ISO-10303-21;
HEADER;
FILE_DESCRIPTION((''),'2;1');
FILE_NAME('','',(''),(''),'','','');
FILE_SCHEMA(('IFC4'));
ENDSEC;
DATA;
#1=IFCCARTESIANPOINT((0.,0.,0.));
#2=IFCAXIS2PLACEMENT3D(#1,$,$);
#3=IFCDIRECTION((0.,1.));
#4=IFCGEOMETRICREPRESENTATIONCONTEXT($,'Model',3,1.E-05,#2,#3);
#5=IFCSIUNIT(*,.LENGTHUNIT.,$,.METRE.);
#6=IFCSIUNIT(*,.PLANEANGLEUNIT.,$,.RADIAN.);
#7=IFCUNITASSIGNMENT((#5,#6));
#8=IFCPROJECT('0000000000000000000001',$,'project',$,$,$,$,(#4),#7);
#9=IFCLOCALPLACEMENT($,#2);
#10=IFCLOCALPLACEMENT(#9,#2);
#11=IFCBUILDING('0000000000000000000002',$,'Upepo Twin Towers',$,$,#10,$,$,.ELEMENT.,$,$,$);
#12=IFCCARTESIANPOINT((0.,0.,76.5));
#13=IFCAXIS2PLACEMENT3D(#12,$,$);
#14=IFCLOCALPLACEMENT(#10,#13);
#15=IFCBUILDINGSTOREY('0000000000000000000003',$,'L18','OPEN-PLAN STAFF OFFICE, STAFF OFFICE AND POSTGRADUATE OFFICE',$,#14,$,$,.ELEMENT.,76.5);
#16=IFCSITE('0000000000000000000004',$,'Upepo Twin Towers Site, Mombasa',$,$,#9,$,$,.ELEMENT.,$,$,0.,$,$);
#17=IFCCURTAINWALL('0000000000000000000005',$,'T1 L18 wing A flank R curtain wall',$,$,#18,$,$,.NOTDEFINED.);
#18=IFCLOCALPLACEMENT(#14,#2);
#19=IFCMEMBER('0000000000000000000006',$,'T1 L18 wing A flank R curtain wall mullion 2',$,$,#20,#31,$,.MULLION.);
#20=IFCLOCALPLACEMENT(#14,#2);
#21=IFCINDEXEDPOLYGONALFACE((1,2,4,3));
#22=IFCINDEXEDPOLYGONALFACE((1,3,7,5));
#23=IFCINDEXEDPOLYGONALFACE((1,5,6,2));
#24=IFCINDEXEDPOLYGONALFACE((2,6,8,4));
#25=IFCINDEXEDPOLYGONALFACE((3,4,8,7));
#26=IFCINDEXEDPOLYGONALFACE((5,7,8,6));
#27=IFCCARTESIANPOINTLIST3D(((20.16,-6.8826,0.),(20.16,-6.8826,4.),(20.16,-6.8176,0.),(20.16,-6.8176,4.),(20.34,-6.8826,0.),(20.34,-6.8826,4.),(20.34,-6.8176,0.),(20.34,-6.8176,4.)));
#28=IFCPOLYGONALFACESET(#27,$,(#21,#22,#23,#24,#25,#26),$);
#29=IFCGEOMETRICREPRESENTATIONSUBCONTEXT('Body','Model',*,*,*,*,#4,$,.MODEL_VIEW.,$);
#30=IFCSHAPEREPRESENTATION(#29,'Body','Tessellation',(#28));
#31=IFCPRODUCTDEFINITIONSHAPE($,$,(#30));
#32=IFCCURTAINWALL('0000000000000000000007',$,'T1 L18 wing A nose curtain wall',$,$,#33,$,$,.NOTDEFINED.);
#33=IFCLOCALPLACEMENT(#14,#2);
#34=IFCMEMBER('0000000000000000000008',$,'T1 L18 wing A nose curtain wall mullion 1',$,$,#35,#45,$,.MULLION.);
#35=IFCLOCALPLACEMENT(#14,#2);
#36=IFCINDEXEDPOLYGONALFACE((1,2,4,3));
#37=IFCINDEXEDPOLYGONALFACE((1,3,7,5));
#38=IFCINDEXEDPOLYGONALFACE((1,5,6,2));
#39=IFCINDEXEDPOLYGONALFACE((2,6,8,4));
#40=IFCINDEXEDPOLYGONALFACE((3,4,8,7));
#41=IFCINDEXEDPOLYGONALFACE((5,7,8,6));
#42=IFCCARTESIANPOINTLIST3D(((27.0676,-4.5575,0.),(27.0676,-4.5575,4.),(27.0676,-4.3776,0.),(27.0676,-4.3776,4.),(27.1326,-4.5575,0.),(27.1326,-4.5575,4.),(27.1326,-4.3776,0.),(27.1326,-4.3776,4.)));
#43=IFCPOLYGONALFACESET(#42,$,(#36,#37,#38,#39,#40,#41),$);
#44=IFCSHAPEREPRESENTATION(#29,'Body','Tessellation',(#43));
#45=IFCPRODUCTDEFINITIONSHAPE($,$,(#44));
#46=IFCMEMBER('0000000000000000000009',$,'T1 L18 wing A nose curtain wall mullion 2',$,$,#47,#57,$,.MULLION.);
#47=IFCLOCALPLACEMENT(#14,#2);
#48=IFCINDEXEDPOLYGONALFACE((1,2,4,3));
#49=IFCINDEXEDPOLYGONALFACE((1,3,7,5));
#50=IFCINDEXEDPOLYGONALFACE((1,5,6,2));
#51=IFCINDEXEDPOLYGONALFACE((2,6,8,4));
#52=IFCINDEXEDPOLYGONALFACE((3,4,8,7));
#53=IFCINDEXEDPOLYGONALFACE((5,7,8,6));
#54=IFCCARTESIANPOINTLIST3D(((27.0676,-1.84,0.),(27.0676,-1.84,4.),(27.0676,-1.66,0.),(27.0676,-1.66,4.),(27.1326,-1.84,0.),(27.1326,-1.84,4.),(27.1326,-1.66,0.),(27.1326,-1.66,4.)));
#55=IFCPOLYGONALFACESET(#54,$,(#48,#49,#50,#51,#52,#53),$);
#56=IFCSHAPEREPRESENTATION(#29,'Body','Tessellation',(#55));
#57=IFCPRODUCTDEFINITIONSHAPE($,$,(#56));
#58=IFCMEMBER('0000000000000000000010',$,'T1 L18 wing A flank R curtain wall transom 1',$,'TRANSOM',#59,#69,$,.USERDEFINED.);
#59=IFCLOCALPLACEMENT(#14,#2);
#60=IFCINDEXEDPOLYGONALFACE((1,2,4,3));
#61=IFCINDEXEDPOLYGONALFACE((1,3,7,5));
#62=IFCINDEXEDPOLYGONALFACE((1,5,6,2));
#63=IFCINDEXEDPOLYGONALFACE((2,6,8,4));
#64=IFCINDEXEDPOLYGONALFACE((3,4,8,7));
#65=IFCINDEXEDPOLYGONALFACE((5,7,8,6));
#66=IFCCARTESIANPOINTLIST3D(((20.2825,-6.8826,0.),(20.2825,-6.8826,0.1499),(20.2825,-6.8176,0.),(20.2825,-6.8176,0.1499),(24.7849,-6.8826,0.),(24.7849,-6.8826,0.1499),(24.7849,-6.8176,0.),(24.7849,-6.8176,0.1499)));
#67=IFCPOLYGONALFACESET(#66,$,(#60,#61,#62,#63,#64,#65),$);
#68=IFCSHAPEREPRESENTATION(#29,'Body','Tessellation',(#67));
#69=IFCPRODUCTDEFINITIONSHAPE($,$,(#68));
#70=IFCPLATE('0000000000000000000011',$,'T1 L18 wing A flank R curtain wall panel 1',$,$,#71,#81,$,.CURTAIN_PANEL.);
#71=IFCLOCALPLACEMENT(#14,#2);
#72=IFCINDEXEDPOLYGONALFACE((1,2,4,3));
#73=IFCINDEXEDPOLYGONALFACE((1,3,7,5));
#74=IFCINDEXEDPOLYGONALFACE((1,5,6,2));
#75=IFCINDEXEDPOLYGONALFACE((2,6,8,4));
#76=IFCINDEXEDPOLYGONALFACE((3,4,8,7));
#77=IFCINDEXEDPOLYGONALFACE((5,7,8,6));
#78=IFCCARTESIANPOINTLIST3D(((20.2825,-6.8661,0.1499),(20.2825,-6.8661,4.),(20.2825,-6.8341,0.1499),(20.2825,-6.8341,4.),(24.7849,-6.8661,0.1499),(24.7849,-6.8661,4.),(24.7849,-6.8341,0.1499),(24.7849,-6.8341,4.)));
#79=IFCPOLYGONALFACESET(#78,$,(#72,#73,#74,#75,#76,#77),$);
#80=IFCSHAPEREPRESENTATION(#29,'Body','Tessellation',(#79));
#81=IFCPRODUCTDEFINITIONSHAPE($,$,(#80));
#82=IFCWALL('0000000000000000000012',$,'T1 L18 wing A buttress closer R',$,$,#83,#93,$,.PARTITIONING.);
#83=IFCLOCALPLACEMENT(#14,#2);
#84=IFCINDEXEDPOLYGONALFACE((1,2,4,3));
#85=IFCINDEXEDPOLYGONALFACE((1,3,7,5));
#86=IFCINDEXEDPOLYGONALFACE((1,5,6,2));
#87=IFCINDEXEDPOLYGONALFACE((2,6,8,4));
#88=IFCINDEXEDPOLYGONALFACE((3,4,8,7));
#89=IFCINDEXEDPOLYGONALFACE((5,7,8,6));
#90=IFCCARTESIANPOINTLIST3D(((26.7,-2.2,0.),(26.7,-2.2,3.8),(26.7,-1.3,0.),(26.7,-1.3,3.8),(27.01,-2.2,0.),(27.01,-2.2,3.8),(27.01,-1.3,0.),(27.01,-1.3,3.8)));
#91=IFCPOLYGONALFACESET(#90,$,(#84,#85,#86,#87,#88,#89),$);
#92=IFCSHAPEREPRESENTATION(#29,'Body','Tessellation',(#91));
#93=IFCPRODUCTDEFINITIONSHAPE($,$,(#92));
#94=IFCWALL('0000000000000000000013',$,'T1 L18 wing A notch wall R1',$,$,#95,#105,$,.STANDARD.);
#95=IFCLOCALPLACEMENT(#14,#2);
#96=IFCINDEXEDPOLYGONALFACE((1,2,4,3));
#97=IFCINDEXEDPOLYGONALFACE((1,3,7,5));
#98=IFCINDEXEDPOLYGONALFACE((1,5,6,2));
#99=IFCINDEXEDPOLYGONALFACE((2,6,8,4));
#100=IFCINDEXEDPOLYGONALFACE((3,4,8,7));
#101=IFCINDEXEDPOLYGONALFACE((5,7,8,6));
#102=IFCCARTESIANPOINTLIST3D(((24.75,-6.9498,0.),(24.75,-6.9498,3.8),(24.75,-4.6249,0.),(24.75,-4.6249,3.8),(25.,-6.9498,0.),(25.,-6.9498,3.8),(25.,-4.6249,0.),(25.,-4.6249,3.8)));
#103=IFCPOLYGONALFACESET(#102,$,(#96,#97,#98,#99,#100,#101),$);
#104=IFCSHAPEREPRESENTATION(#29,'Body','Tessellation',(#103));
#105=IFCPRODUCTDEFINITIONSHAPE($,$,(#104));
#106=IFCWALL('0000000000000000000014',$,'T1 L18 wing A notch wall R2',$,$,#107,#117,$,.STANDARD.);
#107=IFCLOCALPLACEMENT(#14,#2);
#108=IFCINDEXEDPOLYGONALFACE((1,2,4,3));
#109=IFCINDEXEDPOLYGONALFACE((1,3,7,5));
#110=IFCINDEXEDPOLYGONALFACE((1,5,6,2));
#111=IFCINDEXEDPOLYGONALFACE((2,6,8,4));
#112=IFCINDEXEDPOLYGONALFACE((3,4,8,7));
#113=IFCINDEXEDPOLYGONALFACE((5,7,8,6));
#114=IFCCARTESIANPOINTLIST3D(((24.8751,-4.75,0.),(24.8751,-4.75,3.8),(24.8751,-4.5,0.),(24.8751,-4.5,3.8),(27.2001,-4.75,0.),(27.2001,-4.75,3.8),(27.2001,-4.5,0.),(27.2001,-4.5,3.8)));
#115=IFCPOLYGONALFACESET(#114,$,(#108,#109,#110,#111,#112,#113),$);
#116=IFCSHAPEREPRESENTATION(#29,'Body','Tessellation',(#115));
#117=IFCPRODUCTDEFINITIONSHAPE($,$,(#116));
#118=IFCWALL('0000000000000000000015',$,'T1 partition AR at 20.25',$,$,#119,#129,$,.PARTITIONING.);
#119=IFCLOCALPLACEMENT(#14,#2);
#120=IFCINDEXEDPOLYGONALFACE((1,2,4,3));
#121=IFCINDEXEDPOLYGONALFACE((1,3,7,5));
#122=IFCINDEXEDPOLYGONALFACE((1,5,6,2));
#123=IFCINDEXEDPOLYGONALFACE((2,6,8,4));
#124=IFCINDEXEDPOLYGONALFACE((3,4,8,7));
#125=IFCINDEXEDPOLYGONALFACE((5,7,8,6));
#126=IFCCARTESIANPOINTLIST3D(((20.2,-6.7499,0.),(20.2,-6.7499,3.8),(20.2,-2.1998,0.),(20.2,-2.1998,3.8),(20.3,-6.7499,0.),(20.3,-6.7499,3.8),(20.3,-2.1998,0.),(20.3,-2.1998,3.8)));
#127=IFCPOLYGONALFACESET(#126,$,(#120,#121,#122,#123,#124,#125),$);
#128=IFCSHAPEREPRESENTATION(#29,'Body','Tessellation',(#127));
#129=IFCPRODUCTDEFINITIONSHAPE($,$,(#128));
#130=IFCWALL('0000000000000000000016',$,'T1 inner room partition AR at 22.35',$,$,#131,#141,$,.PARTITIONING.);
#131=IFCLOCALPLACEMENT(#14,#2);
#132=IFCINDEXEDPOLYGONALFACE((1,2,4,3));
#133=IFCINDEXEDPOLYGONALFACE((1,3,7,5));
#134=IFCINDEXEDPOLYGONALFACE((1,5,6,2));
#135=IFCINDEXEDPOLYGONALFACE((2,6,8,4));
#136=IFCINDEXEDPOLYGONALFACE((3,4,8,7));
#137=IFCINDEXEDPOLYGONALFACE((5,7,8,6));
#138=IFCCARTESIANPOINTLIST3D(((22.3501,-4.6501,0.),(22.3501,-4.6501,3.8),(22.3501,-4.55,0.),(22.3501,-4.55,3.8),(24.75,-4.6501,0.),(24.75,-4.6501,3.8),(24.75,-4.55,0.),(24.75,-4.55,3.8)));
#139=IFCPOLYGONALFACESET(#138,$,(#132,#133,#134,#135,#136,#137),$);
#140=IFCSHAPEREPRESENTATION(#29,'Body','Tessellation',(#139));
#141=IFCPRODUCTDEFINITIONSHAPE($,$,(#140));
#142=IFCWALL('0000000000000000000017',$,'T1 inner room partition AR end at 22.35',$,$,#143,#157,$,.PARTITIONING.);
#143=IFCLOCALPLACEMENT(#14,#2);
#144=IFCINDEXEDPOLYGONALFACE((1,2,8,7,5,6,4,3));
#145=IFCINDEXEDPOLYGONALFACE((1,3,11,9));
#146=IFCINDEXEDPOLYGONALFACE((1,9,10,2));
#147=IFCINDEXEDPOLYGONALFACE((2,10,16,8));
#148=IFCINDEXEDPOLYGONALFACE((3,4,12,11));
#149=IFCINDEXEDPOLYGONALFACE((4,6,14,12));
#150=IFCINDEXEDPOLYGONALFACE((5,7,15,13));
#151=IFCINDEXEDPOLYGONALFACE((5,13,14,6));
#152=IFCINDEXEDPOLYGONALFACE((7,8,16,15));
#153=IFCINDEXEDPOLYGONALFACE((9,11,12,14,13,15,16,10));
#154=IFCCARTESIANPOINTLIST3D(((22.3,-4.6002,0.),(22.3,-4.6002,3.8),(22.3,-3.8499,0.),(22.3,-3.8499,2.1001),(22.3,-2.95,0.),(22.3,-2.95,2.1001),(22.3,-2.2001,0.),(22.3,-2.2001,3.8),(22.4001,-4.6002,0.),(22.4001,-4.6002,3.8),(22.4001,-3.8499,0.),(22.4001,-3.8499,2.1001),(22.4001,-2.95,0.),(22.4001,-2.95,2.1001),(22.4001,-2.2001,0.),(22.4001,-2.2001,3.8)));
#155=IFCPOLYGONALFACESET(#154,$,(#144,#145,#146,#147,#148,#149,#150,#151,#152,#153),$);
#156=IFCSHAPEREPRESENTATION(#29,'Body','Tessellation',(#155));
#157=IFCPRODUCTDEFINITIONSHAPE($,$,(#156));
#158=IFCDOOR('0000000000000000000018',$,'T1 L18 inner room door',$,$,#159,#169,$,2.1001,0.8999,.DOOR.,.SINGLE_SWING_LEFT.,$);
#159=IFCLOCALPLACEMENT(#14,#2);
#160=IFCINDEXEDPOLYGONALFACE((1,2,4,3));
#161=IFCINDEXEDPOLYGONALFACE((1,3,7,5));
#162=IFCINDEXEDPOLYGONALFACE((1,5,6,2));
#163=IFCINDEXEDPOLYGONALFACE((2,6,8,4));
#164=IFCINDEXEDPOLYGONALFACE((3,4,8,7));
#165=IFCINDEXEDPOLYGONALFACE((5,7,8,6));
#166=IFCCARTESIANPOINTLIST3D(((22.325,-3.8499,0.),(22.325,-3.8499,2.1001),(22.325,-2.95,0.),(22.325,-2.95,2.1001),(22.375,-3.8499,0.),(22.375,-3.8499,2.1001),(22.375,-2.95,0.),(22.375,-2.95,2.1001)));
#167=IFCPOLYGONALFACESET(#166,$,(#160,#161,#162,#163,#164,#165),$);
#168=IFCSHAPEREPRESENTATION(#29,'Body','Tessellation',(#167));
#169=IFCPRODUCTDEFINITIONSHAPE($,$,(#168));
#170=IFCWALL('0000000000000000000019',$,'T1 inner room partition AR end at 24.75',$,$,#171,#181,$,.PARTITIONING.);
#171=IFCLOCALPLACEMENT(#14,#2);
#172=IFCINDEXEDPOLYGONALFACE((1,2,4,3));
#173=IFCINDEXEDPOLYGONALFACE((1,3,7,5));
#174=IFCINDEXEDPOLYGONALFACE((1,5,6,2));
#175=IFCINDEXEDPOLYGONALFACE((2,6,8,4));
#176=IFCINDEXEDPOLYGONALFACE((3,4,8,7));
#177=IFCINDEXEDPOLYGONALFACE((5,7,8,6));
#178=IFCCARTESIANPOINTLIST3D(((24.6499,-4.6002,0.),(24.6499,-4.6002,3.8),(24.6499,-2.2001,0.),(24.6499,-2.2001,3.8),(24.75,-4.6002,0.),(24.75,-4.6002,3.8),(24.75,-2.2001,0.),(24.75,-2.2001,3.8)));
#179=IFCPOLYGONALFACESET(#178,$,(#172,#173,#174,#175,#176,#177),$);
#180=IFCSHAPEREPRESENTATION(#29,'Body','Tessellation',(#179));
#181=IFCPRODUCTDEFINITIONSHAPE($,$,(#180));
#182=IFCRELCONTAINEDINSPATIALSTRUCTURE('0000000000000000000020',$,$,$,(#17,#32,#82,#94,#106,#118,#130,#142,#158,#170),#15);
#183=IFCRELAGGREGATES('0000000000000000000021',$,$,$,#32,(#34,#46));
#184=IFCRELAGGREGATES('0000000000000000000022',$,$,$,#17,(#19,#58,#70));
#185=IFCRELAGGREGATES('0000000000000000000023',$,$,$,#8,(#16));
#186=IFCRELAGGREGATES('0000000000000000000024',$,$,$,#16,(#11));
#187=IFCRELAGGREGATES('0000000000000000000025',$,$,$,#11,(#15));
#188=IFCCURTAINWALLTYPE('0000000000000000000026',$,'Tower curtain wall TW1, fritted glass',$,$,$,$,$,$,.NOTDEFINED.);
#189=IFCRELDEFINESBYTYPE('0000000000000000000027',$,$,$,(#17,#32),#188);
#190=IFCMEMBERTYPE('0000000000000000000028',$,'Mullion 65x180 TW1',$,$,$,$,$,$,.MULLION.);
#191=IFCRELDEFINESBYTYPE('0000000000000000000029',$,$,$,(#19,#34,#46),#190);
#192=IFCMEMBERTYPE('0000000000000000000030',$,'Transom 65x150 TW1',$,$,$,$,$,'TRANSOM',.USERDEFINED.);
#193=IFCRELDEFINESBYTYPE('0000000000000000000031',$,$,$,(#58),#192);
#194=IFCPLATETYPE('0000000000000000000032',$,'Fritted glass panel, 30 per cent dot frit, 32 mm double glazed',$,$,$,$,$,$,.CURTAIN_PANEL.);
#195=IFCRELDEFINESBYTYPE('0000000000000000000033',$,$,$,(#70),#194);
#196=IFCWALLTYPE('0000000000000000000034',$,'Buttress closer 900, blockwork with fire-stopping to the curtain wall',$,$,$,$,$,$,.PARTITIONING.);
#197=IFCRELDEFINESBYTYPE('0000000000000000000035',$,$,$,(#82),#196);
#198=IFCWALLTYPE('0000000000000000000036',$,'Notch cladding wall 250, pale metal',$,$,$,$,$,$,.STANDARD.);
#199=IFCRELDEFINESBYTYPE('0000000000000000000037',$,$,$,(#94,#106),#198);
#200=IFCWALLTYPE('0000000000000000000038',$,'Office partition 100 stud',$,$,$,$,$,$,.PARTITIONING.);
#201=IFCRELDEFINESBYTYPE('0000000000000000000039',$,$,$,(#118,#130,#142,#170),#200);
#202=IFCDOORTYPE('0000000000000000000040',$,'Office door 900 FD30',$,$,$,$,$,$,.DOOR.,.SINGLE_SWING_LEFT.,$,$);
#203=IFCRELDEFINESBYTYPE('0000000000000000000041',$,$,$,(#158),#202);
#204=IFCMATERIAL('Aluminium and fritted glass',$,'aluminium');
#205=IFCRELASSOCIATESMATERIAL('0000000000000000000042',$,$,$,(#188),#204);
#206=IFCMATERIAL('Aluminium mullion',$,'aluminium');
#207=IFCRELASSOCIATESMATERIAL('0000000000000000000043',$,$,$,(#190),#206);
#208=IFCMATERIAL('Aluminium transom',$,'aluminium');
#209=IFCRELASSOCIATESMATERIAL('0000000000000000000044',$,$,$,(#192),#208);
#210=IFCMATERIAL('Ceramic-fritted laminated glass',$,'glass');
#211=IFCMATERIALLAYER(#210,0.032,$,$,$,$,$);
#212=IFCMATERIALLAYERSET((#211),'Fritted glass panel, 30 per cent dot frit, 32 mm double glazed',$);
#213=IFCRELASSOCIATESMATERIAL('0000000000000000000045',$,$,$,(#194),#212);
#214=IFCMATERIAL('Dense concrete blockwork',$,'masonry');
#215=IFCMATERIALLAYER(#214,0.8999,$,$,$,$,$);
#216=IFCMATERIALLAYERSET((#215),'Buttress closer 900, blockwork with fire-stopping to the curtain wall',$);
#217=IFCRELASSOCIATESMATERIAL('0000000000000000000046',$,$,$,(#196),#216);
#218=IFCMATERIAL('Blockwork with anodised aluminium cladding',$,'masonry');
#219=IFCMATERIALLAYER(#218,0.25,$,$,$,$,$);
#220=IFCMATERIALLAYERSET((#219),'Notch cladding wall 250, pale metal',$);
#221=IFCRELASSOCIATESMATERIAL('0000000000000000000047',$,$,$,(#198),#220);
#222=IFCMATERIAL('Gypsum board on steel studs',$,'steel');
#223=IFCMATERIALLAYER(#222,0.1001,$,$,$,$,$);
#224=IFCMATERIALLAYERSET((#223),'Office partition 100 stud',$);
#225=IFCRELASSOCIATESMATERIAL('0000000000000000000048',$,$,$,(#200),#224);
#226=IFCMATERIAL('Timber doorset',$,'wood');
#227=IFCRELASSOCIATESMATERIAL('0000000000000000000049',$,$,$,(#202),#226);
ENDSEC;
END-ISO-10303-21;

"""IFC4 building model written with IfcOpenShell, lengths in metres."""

from ifc_helpers import new_model, si_unit, direction, frame, frame_2d, origin, origin_2d, place, context, subcontext, project, spatial, rectangle, extrude, material, layer, layer_set, material_profile, profile_set, type_object, element, fill, aggregate, save


model = new_model("IFC4")

# Units and contexts
model_context = context("Model", 3, precision=1e-05, world=origin(), true_north=direction((0.0, 1.0)))
body_context = subcontext(model_context, "Body", "Model", "MODEL_VIEW")
ifc_project = project(units=[si_unit("LENGTHUNIT", "METRE"), si_unit("PLANEANGLEUNIT", "RADIAN")], contexts=[model_context])

# Site, building, storey
site_placement = place(None, origin())
site = spatial("IfcSite", under=ifc_project, at=site_placement, Name="Upepo Twin Towers Site, Mombasa", CompositionType="ELEMENT", RefElevation=0.0)
building_placement = place(site_placement, origin())
building = spatial("IfcBuilding", under=site, at=building_placement, Name="Upepo Twin Towers", CompositionType="ELEMENT")
storey_placement = place(building_placement, frame((0.0, 0.0, 76.5)))
storey = spatial("IfcBuildingStorey", under=building, at=storey_placement, Name="L18", Description="OPEN-PLAN STAFF OFFICE, STAFF OFFICE AND POSTGRADUATE OFFICE", CompositionType="ELEMENT", Elevation=76.5)

# Curtain walls, members
ifc_material_1 = material(Name="Aluminium and fritted glass", Category="aluminium")
curtain_wall_type = type_object("IfcCurtainWallType", Name="Tower curtain wall TW1, fritted glass", PredefinedType="NOTDEFINED", material=ifc_material_1)
curtain_wall_1_placement = place(storey_placement, origin())
curtain_wall_1 = element("IfcCurtainWall", 1, at=curtain_wall_1_placement, inside=storey, type_object=curtain_wall_type, Name="T1 L18 wing A flank R curtain wall", PredefinedType="NOTDEFINED")
ifc_material_2 = material(Name="Aluminium mullion", Category="aluminium")
ifc_material_profile_1 = material_profile(ifc_material_2, rectangle(XDim=0.0649, YDim=0.1799, at=origin_2d()), Name="MULLION 65x180")
ifc_profile_set_1 = profile_set([ifc_material_profile_1], Name="Aluminium mullion")
member_type_1 = type_object("IfcMemberType", Name="Mullion 65x180 TW1", PredefinedType="MULLION", material=ifc_profile_set_1)
member_1_placement = place(storey_placement, frame((20.25, -6.8501, 0.0), z_axis=(0.0, 0.0, 1.0), x_axis=(0.0, -1.0, 0.0)))
member_1 = element("IfcMember", 2, at=member_1_placement, type_object=member_type_1, Name="T1 L18 wing A flank R curtain wall mullion 2", PredefinedType="MULLION", context=body_context, shape_type="SweptSolid", body=[
    extrude(rectangle(XDim=0.0649, YDim=0.1799, at=origin_2d()), origin(), (0.0, 0.0, 1.0), 4.0),
])
curtain_wall_2_placement = place(storey_placement, origin())
curtain_wall_2 = element("IfcCurtainWall", 3, at=curtain_wall_2_placement, inside=storey, type_object=curtain_wall_type, Name="T1 L18 wing A nose curtain wall", PredefinedType="NOTDEFINED")
member_2_placement = place(storey_placement, frame((27.1001, -4.4675, 0.0), z_axis=(0.0, 0.0, 1.0), x_axis=(-1.0, 0.0, 0.0)))
member_2 = element("IfcMember", 4, at=member_2_placement, type_object=member_type_1, Name="T1 L18 wing A nose curtain wall mullion 1", PredefinedType="MULLION", context=body_context, shape_type="SweptSolid", body=[
    extrude(rectangle(XDim=0.0649, YDim=0.1799, at=origin_2d()), origin(), (0.0, 0.0, 1.0), 4.0),
])
member_3_placement = place(storey_placement, frame((27.1001, -1.75, 0.0), z_axis=(0.0, 0.0, 1.0), x_axis=(-1.0, 0.0, 0.0)))
member_3 = element("IfcMember", 5, at=member_3_placement, type_object=member_type_1, Name="T1 L18 wing A nose curtain wall mullion 2", PredefinedType="MULLION", context=body_context, shape_type="SweptSolid", body=[
    extrude(rectangle(XDim=0.0649, YDim=0.1799, at=origin_2d()), origin(), (0.0, 0.0, 1.0), 4.0),
])
aggregate(curtain_wall_2, [member_2, member_3])

# Member
ifc_material_3 = material(Name="Aluminium transom", Category="aluminium")
ifc_material_profile_2 = material_profile(ifc_material_3, rectangle(XDim=0.0649, YDim=0.1499, at=origin_2d()), Name="TRANSOM 65x150")
ifc_profile_set_2 = profile_set([ifc_material_profile_2], Name="Aluminium transom")
member_type_2 = type_object("IfcMemberType", Name="Transom 65x150 TW1", ElementType="TRANSOM", PredefinedType="USERDEFINED", material=ifc_profile_set_2)
member_4_placement = place(storey_placement, frame((24.7849, -6.8501, 0.075), z_axis=(-1.0, 0.0, 0.0), x_axis=(0.0, -1.0, 0.0)))
member_4 = element("IfcMember", 6, at=member_4_placement, type_object=member_type_2, Name="T1 L18 wing A flank R curtain wall transom 1", ObjectType="TRANSOM", PredefinedType="USERDEFINED", context=body_context, shape_type="SweptSolid", body=[
    extrude(rectangle(XDim=0.0649, YDim=0.1499, at=origin_2d()), origin(), (0.0, 0.0, 1.0), 4.5024),
])

# Plate
ifc_material_4 = material(Name="Ceramic-fritted laminated glass", Category="glass")
ifc_layer_1 = layer(ifc_material_4, 0.032)
ifc_layer_set_1 = layer_set([ifc_layer_1], Name="Fritted glass panel, 30 per cent dot frit, 32 mm double glazed")
plate_type = type_object("IfcPlateType", Name="Fritted glass panel, 30 per cent dot frit, 32 mm double glazed", PredefinedType="CURTAIN_PANEL", material=ifc_layer_set_1)
plate_placement = place(storey_placement, frame((22.5337, -6.8501, 0.1499), z_axis=(0.0, 0.0, 1.0), x_axis=(-1.0, 0.0, 0.0)))
plate = element("IfcPlate", 7, at=plate_placement, type_object=plate_type, Name="T1 L18 wing A flank R curtain wall panel 1", PredefinedType="CURTAIN_PANEL", context=body_context, shape_type="SweptSolid", body=[
    extrude(rectangle(XDim=4.5024, YDim=0.032, at=origin_2d()), origin(), (0.0, 0.0, 1.0), 3.8501),
])
aggregate(curtain_wall_1, [member_1, member_4, plate])

# Walls
ifc_material_5 = material(Name="Dense concrete blockwork", Category="masonry")
ifc_layer_2 = layer(ifc_material_5, 0.8999)
ifc_layer_set_2 = layer_set([ifc_layer_2], Name="Buttress closer 900, blockwork with fire-stopping to the curtain wall")
wall_type_1 = type_object("IfcWallType", Name="Buttress closer 900, blockwork with fire-stopping to the curtain wall", PredefinedType="PARTITIONING", material=ifc_layer_set_2)
wall_1_placement = place(storey_placement, frame((26.7, -1.75, 0.0), z_axis=(0.0, 0.0, 1.0), x_axis=(1.0, 0.0, 0.0)))
element("IfcWall", 8, at=wall_1_placement, inside=storey, type_object=wall_type_1, Name="T1 L18 wing A buttress closer R", PredefinedType="PARTITIONING", context=body_context, shape_type="SweptSolid", body=[
    extrude(rectangle(XDim=0.3101, YDim=0.8999, at=frame_2d((0.155, 0.0))), origin(), (0.0, 0.0, 1.0), 3.8),
])
ifc_material_6 = material(Name="Blockwork with anodised aluminium cladding", Category="masonry")
ifc_layer_3 = layer(ifc_material_6, 0.25)
ifc_layer_set_3 = layer_set([ifc_layer_3], Name="Notch cladding wall 250, pale metal")
wall_type_2 = type_object("IfcWallType", Name="Notch cladding wall 250, pale metal", PredefinedType="STANDARD", material=ifc_layer_set_3)
for number, where, z_axis, x_axis, name in (
    (9, (24.875, -6.95, 0.0), (0.0, 0.0, 1.0), (0.0, 1.0, 0.0), "T1 L18 wing A notch wall R1"),
    (10, (24.875, -4.625, 0.0), (0.0, 0.0, 1.0), (1.0, 0.0, 0.0), "T1 L18 wing A notch wall R2"),
):
    element("IfcWall", number, at=place(storey_placement, frame(where, z_axis=z_axis, x_axis=x_axis)), inside=storey, type_object=wall_type_2, Name=name, PredefinedType="STANDARD", context=body_context, shape_type="SweptSolid", body=[
        extrude(rectangle(XDim=2.325, YDim=0.25, at=frame_2d((1.1626, 0.0))), origin(), (0.0, 0.0, 1.0), 3.8),
    ])
ifc_material_7 = material(Name="Gypsum board on steel studs", Category="steel")
ifc_layer_4 = layer(ifc_material_7, 0.1001)
ifc_layer_set_4 = layer_set([ifc_layer_4], Name="Office partition 100 stud")
wall_type_3 = type_object("IfcWallType", Name="Office partition 100 stud", PredefinedType="PARTITIONING", material=ifc_layer_set_4)
wall_2_placement = place(storey_placement, frame((20.25, -2.2, 0.0), z_axis=(0.0, 0.0, 1.0), x_axis=(0.0, -1.0, 0.0)))
element("IfcWall", 11, at=wall_2_placement, inside=storey, type_object=wall_type_3, Name="T1 partition AR at 20.25", PredefinedType="PARTITIONING", context=body_context, shape_type="SweptSolid", body=[
    extrude(rectangle(XDim=4.55, YDim=0.1001, at=frame_2d((2.2749, 0.0))), origin(), (0.0, 0.0, 1.0), 3.8),
])
wall_3_placement = place(storey_placement, frame((22.3501, -4.6001, 0.0), z_axis=(0.0, 0.0, 1.0), x_axis=(1.0, 0.0, 0.0)))
element("IfcWall", 12, at=wall_3_placement, inside=storey, type_object=wall_type_3, Name="T1 inner room partition AR at 22.35", PredefinedType="PARTITIONING", context=body_context, shape_type="SweptSolid", body=[
    extrude(rectangle(XDim=2.3999, YDim=0.1001, at=frame_2d((1.2, 0.0))), origin(), (0.0, 0.0, 1.0), 3.8),
])

# Wall, opening, door
wall_4_placement = place(storey_placement, frame((22.3501, -2.2, 0.0), z_axis=(0.0, 0.0, 1.0), x_axis=(0.0, -1.0, 0.0)))
wall_4 = element("IfcWall", 13, at=wall_4_placement, inside=storey, type_object=wall_type_3, Name="T1 inner room partition AR end at 22.35", PredefinedType="PARTITIONING", context=body_context, shape_type="SweptSolid", body=[
    extrude(rectangle(XDim=2.4001, YDim=0.1001, at=frame_2d((1.2002, 0.0))), origin(), (0.0, 0.0, 1.0), 3.8),
])
opening_1_placement = place(wall_4_placement, frame((0.75, 0.0, 0.0)))
opening_1 = element("IfcOpeningElement", 14, at=opening_1_placement, cuts=wall_4, PredefinedType="OPENING", context=body_context, shape_type="SweptSolid", body=[
    extrude(rectangle(XDim=0.8999, YDim=2.1001, at=frame_2d((0.45, 1.05))), frame((0.0, 0.0601, 0.0), z_axis=(0.0, -1.0, 0.0), x_axis=(1.0, 0.0, 0.0)), (0.0, 0.0, 1.0), 0.1201),
])
ifc_material_8 = material(Name="Timber doorset", Category="wood")
door_type_1 = type_object("IfcDoorType", Name="Office door 900 FD30", OperationType="SINGLE_SWING_LEFT", PredefinedType="DOOR", material=ifc_material_8)
door_1_placement = place(opening_1_placement, origin())
door_1 = element("IfcDoor", 15, at=door_1_placement, inside=storey, type_object=door_type_1, Name="T1 L18 inner room door", OperationType="SINGLE_SWING_LEFT", OverallHeight=2.1001, OverallWidth=0.8999, PredefinedType="DOOR", context=body_context, shape_type="SweptSolid", body=[
    extrude(rectangle(XDim=0.8999, YDim=2.1001, at=frame_2d((0.45, 1.05))), frame((0.0, 0.0249, 0.0), z_axis=(0.0, -1.0, 0.0), x_axis=(1.0, 0.0, 0.0)), (0.0, 0.0, 1.0), 0.05),
])
fill(opening_1, door_1)

# Wall
wall_5_placement = place(storey_placement, frame((24.7, -2.2, 0.0), z_axis=(0.0, 0.0, 1.0), x_axis=(0.0, -1.0, 0.0)))
element("IfcWall", 16, at=wall_5_placement, inside=storey, type_object=wall_type_3, Name="T1 inner room partition AR end at 24.75", PredefinedType="PARTITIONING", context=body_context, shape_type="SweptSolid", body=[
    extrude(rectangle(XDim=2.4001, YDim=0.1001, at=frame_2d((1.2002, 0.0))), origin(), (0.0, 0.0, 1.0), 3.8),
])

save(model, "model.ifc")
